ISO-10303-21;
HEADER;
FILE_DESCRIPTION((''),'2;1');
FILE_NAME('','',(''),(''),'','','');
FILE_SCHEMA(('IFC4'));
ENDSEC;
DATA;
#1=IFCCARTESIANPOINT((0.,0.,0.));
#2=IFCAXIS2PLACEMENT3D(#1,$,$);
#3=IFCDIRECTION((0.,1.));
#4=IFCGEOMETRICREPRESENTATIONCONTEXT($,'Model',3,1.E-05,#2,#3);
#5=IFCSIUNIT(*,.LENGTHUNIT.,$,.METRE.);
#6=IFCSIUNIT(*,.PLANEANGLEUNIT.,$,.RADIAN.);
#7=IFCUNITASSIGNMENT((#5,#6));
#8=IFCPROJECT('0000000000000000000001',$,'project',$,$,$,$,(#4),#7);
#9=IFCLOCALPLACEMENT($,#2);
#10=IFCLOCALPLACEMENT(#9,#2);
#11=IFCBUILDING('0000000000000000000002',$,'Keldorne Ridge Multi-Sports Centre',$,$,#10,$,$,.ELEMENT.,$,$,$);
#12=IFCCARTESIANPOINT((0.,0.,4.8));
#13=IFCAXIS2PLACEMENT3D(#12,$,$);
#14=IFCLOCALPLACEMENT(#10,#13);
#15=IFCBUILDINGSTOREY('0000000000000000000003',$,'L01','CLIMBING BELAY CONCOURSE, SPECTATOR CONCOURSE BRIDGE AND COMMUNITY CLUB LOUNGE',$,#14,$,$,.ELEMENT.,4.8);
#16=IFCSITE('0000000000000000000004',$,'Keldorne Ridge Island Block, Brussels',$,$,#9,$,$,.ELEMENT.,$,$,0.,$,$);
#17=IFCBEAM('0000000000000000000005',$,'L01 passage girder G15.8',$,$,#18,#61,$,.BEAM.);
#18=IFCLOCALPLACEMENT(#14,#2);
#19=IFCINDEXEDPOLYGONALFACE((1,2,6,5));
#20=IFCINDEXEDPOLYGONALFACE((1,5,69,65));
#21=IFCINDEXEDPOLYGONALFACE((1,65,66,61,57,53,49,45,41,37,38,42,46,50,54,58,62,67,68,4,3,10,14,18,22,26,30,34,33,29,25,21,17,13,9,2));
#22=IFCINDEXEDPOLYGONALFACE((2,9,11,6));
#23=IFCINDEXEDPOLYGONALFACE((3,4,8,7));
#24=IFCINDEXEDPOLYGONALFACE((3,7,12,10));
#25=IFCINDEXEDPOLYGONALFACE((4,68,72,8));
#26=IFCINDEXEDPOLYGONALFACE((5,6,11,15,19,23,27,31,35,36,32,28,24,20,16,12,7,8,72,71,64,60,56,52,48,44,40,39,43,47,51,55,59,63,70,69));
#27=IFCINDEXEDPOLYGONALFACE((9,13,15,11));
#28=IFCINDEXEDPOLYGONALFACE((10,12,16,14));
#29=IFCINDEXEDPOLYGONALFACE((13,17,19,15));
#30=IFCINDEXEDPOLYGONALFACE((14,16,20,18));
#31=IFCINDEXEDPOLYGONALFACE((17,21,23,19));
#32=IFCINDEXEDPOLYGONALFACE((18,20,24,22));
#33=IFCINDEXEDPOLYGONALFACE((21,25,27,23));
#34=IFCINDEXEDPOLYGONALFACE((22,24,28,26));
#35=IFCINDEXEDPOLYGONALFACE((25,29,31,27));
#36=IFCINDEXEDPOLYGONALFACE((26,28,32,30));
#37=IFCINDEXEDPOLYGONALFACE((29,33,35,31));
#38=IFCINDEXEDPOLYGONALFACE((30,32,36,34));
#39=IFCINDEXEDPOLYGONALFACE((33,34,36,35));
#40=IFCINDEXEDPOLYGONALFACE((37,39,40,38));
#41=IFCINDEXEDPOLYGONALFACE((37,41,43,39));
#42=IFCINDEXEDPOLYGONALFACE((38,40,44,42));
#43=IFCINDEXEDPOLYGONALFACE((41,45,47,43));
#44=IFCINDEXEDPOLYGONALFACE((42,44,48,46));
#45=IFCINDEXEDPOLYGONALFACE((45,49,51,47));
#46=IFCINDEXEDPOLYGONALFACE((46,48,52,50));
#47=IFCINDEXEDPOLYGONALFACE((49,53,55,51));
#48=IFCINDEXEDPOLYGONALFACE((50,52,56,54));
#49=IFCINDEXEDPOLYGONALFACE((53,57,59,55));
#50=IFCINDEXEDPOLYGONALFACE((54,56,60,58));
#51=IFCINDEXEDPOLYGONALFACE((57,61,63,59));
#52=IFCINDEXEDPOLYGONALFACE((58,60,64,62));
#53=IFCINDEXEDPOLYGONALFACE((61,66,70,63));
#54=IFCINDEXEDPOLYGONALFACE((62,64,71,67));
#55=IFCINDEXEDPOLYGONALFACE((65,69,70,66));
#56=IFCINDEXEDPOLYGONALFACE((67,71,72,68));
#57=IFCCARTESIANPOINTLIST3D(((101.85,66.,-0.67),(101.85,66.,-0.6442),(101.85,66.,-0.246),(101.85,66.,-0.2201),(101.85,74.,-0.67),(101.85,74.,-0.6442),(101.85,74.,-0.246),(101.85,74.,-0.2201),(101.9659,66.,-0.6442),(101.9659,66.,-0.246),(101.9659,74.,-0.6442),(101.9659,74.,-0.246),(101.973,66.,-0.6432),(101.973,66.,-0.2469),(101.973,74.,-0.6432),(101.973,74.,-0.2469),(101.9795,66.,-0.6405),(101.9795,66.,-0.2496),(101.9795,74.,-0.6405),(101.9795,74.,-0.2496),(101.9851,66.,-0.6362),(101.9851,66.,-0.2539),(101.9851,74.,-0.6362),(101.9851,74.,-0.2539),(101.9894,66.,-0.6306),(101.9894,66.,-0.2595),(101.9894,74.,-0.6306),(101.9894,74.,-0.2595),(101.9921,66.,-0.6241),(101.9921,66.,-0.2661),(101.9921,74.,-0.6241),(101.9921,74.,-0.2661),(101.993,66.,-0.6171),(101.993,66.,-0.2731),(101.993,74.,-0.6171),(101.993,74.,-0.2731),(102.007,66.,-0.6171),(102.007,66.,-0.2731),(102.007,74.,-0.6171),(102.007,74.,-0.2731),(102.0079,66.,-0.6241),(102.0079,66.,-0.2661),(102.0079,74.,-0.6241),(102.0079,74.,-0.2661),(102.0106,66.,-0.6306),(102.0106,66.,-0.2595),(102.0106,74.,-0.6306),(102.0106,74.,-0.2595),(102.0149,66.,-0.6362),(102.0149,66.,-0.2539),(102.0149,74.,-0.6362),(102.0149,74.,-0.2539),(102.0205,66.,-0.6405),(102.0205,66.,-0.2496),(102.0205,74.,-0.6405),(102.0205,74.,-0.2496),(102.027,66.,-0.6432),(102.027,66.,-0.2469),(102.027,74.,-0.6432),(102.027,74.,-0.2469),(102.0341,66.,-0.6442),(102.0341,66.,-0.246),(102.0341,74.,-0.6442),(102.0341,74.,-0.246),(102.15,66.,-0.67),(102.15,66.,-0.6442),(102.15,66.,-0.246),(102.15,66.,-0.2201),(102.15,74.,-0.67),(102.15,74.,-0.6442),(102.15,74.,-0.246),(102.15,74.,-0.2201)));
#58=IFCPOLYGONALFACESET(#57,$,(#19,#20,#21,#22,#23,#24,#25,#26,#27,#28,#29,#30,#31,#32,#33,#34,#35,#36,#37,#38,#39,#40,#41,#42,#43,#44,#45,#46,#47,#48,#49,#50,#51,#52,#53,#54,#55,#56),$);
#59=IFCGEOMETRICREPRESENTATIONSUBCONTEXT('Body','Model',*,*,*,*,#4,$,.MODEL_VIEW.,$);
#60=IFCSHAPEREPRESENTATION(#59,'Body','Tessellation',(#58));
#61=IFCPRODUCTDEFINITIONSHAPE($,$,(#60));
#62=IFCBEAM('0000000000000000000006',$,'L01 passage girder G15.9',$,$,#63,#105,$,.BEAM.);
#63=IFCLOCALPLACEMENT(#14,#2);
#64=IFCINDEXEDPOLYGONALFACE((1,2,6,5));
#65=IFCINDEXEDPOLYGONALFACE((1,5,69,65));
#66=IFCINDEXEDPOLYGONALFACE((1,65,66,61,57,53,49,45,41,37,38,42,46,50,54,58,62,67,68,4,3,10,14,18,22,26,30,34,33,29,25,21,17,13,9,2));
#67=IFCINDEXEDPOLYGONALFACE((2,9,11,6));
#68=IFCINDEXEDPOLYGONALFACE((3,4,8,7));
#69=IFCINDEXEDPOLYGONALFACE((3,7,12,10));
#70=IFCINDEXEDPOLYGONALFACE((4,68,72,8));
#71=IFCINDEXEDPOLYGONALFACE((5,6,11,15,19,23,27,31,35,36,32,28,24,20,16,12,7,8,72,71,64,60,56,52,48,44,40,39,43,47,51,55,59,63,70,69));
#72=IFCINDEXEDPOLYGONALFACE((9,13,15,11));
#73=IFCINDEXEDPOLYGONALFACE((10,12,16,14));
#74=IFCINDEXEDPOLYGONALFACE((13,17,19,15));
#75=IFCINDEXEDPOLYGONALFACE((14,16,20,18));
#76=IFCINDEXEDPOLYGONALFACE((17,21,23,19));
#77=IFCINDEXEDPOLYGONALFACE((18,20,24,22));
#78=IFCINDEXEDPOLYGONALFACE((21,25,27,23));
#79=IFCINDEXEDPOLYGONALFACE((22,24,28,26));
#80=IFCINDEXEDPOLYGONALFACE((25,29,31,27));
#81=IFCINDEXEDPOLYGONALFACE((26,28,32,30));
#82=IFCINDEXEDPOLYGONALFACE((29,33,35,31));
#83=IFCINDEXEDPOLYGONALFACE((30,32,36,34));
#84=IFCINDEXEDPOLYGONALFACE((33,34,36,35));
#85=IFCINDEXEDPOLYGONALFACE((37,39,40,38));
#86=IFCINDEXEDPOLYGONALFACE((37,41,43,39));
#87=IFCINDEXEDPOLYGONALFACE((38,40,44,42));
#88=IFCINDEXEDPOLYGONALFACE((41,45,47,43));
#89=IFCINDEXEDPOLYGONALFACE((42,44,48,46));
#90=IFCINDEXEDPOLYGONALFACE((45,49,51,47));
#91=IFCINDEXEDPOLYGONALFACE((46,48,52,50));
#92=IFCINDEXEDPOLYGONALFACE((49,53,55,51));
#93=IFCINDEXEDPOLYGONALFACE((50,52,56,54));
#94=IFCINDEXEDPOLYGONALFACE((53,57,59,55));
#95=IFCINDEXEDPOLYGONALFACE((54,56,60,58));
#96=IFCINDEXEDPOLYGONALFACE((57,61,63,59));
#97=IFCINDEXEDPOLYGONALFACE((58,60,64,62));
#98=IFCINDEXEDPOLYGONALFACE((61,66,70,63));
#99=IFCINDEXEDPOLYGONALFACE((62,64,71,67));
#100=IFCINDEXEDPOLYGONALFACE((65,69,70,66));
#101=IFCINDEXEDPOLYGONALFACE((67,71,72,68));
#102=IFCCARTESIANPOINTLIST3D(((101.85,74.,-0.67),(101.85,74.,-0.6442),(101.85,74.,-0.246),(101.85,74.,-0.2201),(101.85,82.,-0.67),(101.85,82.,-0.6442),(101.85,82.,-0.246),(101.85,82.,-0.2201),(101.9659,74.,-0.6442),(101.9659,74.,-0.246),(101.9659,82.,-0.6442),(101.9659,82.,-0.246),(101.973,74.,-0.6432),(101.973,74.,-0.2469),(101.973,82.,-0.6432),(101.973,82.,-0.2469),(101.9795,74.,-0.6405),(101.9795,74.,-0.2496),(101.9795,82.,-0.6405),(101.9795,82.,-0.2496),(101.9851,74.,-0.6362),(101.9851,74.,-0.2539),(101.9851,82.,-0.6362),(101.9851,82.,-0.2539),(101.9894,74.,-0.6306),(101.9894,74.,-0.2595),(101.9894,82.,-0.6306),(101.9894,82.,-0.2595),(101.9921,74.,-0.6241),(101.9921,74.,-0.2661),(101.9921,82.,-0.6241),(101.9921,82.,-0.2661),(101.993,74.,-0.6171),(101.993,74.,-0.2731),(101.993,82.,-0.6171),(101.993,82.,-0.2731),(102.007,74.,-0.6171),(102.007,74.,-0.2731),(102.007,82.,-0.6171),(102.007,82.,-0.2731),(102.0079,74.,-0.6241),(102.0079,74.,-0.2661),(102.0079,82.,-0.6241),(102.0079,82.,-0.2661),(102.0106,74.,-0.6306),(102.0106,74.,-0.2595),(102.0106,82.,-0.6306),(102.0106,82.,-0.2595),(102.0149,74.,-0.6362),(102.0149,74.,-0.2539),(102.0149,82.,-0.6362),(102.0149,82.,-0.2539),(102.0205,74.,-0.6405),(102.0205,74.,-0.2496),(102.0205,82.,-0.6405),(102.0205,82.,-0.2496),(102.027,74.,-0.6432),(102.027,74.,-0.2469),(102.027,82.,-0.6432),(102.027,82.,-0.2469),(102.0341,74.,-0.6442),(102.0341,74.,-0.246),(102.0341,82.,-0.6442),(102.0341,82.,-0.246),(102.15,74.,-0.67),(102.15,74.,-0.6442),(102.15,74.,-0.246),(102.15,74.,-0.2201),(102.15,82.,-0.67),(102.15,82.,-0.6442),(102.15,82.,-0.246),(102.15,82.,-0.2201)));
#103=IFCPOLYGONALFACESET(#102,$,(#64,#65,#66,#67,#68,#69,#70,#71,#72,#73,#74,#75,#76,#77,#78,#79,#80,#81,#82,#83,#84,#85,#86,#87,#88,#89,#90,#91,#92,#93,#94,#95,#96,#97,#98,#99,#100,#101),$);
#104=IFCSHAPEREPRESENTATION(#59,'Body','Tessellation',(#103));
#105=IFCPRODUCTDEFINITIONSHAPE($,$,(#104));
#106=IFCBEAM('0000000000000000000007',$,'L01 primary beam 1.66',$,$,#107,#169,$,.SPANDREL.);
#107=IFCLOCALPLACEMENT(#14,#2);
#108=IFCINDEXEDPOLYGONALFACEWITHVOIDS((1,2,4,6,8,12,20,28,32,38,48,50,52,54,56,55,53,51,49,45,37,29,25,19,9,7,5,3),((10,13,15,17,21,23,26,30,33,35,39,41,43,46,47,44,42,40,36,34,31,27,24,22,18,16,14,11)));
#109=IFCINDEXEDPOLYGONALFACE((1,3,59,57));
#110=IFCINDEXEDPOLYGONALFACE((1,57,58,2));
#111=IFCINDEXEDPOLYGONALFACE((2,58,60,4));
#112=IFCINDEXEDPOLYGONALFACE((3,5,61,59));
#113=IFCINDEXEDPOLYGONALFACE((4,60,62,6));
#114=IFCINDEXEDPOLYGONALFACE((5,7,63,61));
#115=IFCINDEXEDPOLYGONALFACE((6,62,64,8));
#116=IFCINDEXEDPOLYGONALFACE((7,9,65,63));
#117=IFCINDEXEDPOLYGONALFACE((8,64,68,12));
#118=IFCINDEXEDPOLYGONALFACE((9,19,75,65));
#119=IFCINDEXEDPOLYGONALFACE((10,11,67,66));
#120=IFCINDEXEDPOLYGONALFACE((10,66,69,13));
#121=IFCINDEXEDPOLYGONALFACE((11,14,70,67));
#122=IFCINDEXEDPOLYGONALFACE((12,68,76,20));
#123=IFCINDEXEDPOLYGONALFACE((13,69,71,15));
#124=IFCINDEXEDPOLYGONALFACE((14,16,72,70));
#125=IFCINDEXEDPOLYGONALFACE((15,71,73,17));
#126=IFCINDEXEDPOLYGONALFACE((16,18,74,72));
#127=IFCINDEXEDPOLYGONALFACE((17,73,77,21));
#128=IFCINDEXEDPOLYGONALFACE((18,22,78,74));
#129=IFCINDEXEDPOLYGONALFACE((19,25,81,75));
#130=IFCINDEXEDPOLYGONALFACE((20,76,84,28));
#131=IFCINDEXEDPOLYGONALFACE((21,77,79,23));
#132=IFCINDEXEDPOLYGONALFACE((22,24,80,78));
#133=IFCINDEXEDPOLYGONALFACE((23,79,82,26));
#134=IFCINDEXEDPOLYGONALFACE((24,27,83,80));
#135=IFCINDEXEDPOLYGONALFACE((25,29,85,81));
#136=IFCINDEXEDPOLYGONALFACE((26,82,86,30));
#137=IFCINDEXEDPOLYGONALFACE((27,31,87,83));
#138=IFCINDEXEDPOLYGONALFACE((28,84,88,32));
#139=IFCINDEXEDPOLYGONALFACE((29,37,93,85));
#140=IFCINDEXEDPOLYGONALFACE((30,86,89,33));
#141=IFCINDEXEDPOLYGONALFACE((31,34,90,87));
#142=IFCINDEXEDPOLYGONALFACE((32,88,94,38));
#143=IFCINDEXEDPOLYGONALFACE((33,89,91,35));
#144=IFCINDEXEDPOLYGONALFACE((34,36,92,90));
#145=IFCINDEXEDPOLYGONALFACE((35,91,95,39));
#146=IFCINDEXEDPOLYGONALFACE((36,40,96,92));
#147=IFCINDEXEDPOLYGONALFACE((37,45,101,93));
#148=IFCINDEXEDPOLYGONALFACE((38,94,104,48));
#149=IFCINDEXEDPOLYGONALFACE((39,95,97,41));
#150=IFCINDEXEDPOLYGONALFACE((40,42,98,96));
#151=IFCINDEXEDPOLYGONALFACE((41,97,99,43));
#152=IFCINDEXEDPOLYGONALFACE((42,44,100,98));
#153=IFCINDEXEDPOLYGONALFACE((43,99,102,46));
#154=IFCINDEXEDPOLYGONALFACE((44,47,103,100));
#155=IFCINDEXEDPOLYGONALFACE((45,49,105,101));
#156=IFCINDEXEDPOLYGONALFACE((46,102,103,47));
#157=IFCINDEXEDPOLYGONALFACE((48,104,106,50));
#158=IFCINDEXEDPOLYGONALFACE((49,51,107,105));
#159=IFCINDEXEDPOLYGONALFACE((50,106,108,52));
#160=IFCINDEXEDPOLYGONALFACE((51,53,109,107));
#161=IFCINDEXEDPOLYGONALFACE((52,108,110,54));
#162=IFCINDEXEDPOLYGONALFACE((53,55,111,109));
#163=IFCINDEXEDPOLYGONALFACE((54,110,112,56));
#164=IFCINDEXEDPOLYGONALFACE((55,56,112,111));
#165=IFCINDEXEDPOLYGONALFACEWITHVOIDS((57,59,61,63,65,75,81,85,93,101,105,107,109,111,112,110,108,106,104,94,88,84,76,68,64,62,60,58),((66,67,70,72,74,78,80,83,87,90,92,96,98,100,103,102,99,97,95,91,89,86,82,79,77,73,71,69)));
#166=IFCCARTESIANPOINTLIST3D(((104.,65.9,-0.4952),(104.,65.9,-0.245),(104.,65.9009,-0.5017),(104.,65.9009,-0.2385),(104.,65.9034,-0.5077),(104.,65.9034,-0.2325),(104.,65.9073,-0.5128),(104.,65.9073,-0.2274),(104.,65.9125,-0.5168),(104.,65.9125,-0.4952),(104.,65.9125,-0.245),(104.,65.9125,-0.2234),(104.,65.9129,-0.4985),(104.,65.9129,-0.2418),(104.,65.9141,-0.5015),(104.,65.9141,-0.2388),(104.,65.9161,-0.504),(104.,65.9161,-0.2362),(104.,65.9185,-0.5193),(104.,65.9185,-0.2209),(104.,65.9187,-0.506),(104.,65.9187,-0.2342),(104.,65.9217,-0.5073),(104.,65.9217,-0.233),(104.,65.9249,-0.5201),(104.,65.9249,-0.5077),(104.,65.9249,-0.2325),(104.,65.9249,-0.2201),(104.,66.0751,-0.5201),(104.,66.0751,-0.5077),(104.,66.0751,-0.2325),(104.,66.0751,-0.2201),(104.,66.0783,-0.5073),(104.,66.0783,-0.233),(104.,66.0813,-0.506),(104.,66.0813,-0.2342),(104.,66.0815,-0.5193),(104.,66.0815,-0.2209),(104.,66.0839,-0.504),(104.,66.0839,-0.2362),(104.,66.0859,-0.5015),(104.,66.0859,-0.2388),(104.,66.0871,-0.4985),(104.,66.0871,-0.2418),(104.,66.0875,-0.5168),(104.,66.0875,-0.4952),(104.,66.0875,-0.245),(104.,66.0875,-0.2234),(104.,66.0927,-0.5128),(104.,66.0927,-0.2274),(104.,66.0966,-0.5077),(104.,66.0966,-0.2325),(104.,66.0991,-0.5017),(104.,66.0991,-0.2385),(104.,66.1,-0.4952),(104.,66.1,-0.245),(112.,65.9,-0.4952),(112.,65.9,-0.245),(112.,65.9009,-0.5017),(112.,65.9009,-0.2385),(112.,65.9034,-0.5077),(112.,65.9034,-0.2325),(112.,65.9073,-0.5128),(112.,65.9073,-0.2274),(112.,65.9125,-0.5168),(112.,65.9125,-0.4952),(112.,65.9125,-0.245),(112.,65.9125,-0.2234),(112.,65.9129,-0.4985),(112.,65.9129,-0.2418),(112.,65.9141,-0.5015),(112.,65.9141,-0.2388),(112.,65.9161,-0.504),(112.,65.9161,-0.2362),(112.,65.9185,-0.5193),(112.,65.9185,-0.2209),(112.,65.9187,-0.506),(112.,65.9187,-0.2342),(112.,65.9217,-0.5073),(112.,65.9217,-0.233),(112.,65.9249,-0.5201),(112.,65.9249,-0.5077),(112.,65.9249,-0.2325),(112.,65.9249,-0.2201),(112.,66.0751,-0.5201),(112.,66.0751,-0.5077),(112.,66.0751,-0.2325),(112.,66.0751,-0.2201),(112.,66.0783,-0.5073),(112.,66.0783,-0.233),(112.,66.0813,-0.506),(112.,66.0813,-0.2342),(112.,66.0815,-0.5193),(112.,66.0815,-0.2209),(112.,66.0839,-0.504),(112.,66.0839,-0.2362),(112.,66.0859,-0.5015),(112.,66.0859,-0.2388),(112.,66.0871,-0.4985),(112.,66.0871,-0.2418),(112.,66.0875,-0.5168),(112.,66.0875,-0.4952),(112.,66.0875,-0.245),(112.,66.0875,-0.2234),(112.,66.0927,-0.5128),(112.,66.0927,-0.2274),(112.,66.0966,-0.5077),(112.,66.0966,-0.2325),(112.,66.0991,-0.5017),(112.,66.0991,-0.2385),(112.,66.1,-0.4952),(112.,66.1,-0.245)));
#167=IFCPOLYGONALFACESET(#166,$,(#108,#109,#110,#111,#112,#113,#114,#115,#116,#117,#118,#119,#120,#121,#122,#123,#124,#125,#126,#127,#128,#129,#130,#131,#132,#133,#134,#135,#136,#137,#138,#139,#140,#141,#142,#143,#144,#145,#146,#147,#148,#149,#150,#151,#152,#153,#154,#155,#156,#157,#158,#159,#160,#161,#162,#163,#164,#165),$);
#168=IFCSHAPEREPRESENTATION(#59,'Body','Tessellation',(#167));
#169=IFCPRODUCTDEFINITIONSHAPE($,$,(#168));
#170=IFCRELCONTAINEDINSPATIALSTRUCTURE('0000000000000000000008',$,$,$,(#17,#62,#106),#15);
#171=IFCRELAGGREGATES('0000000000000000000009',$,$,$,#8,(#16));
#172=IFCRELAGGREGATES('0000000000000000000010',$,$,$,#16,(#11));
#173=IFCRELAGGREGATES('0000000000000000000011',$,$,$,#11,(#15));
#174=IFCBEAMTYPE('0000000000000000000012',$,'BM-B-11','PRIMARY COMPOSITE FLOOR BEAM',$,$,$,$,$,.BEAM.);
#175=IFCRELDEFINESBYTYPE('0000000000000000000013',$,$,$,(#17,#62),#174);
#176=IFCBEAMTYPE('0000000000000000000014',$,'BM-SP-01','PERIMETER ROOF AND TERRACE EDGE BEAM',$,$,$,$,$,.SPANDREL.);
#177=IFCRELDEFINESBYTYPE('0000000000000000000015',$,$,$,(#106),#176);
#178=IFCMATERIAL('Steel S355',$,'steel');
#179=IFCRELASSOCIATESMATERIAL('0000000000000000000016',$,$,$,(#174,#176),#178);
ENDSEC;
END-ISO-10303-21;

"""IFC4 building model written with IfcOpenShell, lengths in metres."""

from ifc_helpers import new_model, si_unit, direction, frame, origin, origin_2d, place, context, subcontext, project, spatial, hollow_rectangle, i_section, extrude, material, material_profile, profile_set, type_object, element, save


model = new_model("IFC4")

# Units and contexts
model_context = context("Model", 3, precision=1e-05, world=origin(), true_north=direction((0.0, 1.0)))
body_context = subcontext(model_context, "Body", "Model", "MODEL_VIEW")
ifc_project = project(units=[si_unit("LENGTHUNIT", "METRE"), si_unit("PLANEANGLEUNIT", "RADIAN")], contexts=[model_context])

# Site, building, storey
site_placement = place(None, origin())
site = spatial("IfcSite", under=ifc_project, at=site_placement, Name="Keldorne Ridge Island Block, Brussels", CompositionType="ELEMENT", RefElevation=0.0)
building_placement = place(site_placement, origin())
building = spatial("IfcBuilding", under=site, at=building_placement, Name="Keldorne Ridge Multi-Sports Centre", CompositionType="ELEMENT")
storey_placement = place(building_placement, frame((0.0, 0.0, 4.8)))
storey = spatial("IfcBuildingStorey", under=building, at=storey_placement, Name="L01", Description="CLIMBING BELAY CONCOURSE, SPECTATOR CONCOURSE BRIDGE AND COMMUNITY CLUB LOUNGE", CompositionType="ELEMENT", Elevation=4.8)

# Shared definitions
ifc_material_1 = material(Name="Steel S355", Category="steel")

# Beams
ifc_material_profile_1 = material_profile(ifc_material_1, i_section(OverallWidth=0.3, OverallDepth=0.45, WebThickness=0.0139, FlangeThickness=0.0259, FilletRadius=0.0271, at=origin_2d()), Name="HEB 450")
ifc_profile_set_1 = profile_set([ifc_material_profile_1], Name="Steel S355")
beam_type_1 = type_object("IfcBeamType", Name="BM-B-11", Description="PRIMARY COMPOSITE FLOOR BEAM", PredefinedType="BEAM", material=ifc_profile_set_1)
for number, where, z_axis, x_axis, name in (
    (1, (102.0, 66.0, -0.4451), (0.0, 1.0, 0.0), (-1.0, 0.0, 0.0), "L01 passage girder G15.8"),
    (2, (102.0, 74.0, -0.4451), (0.0, 1.0, 0.0), (-1.0, 0.0, 0.0), "L01 passage girder G15.9"),
):
    element("IfcBeam", number, at=place(storey_placement, frame(where, z_axis=z_axis, x_axis=x_axis)), inside=storey, type_object=beam_type_1, Name=name, PredefinedType="BEAM", context=body_context, shape_type="SweptSolid", body=[
        extrude(i_section(OverallWidth=0.3, OverallDepth=0.45, WebThickness=0.0139, FlangeThickness=0.0259, FilletRadius=0.0271, at=origin_2d()), origin(), (0.0, 0.0, 1.0), 8.0),
    ])
ifc_material_profile_2 = material_profile(ifc_material_1, hollow_rectangle(XDim=0.2, YDim=0.3, WallThickness=0.0125, InnerFilletRadius=0.0125, OuterFilletRadius=0.0249, at=origin_2d()), Name="RHS 300x200x12.5")
ifc_profile_set_2 = profile_set([ifc_material_profile_2], Name="Steel S355")
beam_type_2 = type_object("IfcBeamType", Name="BM-SP-01", Description="PERIMETER ROOF AND TERRACE EDGE BEAM", PredefinedType="SPANDREL", material=ifc_profile_set_2)
beam_placement = place(storey_placement, frame((104.0, 66.0, -0.3701), z_axis=(1.0, 0.0, 0.0), x_axis=(0.0, 1.0, 0.0)))
element("IfcBeam", 3, at=beam_placement, inside=storey, type_object=beam_type_2, Name="L01 primary beam 1.66", PredefinedType="SPANDREL", context=body_context, shape_type="SweptSolid", body=[
    extrude(hollow_rectangle(XDim=0.2, YDim=0.3, WallThickness=0.0125, InnerFilletRadius=0.0125, OuterFilletRadius=0.0249, at=origin_2d()), origin(), (0.0, 0.0, 1.0), 8.0),
])

save(model, "model.ifc")
